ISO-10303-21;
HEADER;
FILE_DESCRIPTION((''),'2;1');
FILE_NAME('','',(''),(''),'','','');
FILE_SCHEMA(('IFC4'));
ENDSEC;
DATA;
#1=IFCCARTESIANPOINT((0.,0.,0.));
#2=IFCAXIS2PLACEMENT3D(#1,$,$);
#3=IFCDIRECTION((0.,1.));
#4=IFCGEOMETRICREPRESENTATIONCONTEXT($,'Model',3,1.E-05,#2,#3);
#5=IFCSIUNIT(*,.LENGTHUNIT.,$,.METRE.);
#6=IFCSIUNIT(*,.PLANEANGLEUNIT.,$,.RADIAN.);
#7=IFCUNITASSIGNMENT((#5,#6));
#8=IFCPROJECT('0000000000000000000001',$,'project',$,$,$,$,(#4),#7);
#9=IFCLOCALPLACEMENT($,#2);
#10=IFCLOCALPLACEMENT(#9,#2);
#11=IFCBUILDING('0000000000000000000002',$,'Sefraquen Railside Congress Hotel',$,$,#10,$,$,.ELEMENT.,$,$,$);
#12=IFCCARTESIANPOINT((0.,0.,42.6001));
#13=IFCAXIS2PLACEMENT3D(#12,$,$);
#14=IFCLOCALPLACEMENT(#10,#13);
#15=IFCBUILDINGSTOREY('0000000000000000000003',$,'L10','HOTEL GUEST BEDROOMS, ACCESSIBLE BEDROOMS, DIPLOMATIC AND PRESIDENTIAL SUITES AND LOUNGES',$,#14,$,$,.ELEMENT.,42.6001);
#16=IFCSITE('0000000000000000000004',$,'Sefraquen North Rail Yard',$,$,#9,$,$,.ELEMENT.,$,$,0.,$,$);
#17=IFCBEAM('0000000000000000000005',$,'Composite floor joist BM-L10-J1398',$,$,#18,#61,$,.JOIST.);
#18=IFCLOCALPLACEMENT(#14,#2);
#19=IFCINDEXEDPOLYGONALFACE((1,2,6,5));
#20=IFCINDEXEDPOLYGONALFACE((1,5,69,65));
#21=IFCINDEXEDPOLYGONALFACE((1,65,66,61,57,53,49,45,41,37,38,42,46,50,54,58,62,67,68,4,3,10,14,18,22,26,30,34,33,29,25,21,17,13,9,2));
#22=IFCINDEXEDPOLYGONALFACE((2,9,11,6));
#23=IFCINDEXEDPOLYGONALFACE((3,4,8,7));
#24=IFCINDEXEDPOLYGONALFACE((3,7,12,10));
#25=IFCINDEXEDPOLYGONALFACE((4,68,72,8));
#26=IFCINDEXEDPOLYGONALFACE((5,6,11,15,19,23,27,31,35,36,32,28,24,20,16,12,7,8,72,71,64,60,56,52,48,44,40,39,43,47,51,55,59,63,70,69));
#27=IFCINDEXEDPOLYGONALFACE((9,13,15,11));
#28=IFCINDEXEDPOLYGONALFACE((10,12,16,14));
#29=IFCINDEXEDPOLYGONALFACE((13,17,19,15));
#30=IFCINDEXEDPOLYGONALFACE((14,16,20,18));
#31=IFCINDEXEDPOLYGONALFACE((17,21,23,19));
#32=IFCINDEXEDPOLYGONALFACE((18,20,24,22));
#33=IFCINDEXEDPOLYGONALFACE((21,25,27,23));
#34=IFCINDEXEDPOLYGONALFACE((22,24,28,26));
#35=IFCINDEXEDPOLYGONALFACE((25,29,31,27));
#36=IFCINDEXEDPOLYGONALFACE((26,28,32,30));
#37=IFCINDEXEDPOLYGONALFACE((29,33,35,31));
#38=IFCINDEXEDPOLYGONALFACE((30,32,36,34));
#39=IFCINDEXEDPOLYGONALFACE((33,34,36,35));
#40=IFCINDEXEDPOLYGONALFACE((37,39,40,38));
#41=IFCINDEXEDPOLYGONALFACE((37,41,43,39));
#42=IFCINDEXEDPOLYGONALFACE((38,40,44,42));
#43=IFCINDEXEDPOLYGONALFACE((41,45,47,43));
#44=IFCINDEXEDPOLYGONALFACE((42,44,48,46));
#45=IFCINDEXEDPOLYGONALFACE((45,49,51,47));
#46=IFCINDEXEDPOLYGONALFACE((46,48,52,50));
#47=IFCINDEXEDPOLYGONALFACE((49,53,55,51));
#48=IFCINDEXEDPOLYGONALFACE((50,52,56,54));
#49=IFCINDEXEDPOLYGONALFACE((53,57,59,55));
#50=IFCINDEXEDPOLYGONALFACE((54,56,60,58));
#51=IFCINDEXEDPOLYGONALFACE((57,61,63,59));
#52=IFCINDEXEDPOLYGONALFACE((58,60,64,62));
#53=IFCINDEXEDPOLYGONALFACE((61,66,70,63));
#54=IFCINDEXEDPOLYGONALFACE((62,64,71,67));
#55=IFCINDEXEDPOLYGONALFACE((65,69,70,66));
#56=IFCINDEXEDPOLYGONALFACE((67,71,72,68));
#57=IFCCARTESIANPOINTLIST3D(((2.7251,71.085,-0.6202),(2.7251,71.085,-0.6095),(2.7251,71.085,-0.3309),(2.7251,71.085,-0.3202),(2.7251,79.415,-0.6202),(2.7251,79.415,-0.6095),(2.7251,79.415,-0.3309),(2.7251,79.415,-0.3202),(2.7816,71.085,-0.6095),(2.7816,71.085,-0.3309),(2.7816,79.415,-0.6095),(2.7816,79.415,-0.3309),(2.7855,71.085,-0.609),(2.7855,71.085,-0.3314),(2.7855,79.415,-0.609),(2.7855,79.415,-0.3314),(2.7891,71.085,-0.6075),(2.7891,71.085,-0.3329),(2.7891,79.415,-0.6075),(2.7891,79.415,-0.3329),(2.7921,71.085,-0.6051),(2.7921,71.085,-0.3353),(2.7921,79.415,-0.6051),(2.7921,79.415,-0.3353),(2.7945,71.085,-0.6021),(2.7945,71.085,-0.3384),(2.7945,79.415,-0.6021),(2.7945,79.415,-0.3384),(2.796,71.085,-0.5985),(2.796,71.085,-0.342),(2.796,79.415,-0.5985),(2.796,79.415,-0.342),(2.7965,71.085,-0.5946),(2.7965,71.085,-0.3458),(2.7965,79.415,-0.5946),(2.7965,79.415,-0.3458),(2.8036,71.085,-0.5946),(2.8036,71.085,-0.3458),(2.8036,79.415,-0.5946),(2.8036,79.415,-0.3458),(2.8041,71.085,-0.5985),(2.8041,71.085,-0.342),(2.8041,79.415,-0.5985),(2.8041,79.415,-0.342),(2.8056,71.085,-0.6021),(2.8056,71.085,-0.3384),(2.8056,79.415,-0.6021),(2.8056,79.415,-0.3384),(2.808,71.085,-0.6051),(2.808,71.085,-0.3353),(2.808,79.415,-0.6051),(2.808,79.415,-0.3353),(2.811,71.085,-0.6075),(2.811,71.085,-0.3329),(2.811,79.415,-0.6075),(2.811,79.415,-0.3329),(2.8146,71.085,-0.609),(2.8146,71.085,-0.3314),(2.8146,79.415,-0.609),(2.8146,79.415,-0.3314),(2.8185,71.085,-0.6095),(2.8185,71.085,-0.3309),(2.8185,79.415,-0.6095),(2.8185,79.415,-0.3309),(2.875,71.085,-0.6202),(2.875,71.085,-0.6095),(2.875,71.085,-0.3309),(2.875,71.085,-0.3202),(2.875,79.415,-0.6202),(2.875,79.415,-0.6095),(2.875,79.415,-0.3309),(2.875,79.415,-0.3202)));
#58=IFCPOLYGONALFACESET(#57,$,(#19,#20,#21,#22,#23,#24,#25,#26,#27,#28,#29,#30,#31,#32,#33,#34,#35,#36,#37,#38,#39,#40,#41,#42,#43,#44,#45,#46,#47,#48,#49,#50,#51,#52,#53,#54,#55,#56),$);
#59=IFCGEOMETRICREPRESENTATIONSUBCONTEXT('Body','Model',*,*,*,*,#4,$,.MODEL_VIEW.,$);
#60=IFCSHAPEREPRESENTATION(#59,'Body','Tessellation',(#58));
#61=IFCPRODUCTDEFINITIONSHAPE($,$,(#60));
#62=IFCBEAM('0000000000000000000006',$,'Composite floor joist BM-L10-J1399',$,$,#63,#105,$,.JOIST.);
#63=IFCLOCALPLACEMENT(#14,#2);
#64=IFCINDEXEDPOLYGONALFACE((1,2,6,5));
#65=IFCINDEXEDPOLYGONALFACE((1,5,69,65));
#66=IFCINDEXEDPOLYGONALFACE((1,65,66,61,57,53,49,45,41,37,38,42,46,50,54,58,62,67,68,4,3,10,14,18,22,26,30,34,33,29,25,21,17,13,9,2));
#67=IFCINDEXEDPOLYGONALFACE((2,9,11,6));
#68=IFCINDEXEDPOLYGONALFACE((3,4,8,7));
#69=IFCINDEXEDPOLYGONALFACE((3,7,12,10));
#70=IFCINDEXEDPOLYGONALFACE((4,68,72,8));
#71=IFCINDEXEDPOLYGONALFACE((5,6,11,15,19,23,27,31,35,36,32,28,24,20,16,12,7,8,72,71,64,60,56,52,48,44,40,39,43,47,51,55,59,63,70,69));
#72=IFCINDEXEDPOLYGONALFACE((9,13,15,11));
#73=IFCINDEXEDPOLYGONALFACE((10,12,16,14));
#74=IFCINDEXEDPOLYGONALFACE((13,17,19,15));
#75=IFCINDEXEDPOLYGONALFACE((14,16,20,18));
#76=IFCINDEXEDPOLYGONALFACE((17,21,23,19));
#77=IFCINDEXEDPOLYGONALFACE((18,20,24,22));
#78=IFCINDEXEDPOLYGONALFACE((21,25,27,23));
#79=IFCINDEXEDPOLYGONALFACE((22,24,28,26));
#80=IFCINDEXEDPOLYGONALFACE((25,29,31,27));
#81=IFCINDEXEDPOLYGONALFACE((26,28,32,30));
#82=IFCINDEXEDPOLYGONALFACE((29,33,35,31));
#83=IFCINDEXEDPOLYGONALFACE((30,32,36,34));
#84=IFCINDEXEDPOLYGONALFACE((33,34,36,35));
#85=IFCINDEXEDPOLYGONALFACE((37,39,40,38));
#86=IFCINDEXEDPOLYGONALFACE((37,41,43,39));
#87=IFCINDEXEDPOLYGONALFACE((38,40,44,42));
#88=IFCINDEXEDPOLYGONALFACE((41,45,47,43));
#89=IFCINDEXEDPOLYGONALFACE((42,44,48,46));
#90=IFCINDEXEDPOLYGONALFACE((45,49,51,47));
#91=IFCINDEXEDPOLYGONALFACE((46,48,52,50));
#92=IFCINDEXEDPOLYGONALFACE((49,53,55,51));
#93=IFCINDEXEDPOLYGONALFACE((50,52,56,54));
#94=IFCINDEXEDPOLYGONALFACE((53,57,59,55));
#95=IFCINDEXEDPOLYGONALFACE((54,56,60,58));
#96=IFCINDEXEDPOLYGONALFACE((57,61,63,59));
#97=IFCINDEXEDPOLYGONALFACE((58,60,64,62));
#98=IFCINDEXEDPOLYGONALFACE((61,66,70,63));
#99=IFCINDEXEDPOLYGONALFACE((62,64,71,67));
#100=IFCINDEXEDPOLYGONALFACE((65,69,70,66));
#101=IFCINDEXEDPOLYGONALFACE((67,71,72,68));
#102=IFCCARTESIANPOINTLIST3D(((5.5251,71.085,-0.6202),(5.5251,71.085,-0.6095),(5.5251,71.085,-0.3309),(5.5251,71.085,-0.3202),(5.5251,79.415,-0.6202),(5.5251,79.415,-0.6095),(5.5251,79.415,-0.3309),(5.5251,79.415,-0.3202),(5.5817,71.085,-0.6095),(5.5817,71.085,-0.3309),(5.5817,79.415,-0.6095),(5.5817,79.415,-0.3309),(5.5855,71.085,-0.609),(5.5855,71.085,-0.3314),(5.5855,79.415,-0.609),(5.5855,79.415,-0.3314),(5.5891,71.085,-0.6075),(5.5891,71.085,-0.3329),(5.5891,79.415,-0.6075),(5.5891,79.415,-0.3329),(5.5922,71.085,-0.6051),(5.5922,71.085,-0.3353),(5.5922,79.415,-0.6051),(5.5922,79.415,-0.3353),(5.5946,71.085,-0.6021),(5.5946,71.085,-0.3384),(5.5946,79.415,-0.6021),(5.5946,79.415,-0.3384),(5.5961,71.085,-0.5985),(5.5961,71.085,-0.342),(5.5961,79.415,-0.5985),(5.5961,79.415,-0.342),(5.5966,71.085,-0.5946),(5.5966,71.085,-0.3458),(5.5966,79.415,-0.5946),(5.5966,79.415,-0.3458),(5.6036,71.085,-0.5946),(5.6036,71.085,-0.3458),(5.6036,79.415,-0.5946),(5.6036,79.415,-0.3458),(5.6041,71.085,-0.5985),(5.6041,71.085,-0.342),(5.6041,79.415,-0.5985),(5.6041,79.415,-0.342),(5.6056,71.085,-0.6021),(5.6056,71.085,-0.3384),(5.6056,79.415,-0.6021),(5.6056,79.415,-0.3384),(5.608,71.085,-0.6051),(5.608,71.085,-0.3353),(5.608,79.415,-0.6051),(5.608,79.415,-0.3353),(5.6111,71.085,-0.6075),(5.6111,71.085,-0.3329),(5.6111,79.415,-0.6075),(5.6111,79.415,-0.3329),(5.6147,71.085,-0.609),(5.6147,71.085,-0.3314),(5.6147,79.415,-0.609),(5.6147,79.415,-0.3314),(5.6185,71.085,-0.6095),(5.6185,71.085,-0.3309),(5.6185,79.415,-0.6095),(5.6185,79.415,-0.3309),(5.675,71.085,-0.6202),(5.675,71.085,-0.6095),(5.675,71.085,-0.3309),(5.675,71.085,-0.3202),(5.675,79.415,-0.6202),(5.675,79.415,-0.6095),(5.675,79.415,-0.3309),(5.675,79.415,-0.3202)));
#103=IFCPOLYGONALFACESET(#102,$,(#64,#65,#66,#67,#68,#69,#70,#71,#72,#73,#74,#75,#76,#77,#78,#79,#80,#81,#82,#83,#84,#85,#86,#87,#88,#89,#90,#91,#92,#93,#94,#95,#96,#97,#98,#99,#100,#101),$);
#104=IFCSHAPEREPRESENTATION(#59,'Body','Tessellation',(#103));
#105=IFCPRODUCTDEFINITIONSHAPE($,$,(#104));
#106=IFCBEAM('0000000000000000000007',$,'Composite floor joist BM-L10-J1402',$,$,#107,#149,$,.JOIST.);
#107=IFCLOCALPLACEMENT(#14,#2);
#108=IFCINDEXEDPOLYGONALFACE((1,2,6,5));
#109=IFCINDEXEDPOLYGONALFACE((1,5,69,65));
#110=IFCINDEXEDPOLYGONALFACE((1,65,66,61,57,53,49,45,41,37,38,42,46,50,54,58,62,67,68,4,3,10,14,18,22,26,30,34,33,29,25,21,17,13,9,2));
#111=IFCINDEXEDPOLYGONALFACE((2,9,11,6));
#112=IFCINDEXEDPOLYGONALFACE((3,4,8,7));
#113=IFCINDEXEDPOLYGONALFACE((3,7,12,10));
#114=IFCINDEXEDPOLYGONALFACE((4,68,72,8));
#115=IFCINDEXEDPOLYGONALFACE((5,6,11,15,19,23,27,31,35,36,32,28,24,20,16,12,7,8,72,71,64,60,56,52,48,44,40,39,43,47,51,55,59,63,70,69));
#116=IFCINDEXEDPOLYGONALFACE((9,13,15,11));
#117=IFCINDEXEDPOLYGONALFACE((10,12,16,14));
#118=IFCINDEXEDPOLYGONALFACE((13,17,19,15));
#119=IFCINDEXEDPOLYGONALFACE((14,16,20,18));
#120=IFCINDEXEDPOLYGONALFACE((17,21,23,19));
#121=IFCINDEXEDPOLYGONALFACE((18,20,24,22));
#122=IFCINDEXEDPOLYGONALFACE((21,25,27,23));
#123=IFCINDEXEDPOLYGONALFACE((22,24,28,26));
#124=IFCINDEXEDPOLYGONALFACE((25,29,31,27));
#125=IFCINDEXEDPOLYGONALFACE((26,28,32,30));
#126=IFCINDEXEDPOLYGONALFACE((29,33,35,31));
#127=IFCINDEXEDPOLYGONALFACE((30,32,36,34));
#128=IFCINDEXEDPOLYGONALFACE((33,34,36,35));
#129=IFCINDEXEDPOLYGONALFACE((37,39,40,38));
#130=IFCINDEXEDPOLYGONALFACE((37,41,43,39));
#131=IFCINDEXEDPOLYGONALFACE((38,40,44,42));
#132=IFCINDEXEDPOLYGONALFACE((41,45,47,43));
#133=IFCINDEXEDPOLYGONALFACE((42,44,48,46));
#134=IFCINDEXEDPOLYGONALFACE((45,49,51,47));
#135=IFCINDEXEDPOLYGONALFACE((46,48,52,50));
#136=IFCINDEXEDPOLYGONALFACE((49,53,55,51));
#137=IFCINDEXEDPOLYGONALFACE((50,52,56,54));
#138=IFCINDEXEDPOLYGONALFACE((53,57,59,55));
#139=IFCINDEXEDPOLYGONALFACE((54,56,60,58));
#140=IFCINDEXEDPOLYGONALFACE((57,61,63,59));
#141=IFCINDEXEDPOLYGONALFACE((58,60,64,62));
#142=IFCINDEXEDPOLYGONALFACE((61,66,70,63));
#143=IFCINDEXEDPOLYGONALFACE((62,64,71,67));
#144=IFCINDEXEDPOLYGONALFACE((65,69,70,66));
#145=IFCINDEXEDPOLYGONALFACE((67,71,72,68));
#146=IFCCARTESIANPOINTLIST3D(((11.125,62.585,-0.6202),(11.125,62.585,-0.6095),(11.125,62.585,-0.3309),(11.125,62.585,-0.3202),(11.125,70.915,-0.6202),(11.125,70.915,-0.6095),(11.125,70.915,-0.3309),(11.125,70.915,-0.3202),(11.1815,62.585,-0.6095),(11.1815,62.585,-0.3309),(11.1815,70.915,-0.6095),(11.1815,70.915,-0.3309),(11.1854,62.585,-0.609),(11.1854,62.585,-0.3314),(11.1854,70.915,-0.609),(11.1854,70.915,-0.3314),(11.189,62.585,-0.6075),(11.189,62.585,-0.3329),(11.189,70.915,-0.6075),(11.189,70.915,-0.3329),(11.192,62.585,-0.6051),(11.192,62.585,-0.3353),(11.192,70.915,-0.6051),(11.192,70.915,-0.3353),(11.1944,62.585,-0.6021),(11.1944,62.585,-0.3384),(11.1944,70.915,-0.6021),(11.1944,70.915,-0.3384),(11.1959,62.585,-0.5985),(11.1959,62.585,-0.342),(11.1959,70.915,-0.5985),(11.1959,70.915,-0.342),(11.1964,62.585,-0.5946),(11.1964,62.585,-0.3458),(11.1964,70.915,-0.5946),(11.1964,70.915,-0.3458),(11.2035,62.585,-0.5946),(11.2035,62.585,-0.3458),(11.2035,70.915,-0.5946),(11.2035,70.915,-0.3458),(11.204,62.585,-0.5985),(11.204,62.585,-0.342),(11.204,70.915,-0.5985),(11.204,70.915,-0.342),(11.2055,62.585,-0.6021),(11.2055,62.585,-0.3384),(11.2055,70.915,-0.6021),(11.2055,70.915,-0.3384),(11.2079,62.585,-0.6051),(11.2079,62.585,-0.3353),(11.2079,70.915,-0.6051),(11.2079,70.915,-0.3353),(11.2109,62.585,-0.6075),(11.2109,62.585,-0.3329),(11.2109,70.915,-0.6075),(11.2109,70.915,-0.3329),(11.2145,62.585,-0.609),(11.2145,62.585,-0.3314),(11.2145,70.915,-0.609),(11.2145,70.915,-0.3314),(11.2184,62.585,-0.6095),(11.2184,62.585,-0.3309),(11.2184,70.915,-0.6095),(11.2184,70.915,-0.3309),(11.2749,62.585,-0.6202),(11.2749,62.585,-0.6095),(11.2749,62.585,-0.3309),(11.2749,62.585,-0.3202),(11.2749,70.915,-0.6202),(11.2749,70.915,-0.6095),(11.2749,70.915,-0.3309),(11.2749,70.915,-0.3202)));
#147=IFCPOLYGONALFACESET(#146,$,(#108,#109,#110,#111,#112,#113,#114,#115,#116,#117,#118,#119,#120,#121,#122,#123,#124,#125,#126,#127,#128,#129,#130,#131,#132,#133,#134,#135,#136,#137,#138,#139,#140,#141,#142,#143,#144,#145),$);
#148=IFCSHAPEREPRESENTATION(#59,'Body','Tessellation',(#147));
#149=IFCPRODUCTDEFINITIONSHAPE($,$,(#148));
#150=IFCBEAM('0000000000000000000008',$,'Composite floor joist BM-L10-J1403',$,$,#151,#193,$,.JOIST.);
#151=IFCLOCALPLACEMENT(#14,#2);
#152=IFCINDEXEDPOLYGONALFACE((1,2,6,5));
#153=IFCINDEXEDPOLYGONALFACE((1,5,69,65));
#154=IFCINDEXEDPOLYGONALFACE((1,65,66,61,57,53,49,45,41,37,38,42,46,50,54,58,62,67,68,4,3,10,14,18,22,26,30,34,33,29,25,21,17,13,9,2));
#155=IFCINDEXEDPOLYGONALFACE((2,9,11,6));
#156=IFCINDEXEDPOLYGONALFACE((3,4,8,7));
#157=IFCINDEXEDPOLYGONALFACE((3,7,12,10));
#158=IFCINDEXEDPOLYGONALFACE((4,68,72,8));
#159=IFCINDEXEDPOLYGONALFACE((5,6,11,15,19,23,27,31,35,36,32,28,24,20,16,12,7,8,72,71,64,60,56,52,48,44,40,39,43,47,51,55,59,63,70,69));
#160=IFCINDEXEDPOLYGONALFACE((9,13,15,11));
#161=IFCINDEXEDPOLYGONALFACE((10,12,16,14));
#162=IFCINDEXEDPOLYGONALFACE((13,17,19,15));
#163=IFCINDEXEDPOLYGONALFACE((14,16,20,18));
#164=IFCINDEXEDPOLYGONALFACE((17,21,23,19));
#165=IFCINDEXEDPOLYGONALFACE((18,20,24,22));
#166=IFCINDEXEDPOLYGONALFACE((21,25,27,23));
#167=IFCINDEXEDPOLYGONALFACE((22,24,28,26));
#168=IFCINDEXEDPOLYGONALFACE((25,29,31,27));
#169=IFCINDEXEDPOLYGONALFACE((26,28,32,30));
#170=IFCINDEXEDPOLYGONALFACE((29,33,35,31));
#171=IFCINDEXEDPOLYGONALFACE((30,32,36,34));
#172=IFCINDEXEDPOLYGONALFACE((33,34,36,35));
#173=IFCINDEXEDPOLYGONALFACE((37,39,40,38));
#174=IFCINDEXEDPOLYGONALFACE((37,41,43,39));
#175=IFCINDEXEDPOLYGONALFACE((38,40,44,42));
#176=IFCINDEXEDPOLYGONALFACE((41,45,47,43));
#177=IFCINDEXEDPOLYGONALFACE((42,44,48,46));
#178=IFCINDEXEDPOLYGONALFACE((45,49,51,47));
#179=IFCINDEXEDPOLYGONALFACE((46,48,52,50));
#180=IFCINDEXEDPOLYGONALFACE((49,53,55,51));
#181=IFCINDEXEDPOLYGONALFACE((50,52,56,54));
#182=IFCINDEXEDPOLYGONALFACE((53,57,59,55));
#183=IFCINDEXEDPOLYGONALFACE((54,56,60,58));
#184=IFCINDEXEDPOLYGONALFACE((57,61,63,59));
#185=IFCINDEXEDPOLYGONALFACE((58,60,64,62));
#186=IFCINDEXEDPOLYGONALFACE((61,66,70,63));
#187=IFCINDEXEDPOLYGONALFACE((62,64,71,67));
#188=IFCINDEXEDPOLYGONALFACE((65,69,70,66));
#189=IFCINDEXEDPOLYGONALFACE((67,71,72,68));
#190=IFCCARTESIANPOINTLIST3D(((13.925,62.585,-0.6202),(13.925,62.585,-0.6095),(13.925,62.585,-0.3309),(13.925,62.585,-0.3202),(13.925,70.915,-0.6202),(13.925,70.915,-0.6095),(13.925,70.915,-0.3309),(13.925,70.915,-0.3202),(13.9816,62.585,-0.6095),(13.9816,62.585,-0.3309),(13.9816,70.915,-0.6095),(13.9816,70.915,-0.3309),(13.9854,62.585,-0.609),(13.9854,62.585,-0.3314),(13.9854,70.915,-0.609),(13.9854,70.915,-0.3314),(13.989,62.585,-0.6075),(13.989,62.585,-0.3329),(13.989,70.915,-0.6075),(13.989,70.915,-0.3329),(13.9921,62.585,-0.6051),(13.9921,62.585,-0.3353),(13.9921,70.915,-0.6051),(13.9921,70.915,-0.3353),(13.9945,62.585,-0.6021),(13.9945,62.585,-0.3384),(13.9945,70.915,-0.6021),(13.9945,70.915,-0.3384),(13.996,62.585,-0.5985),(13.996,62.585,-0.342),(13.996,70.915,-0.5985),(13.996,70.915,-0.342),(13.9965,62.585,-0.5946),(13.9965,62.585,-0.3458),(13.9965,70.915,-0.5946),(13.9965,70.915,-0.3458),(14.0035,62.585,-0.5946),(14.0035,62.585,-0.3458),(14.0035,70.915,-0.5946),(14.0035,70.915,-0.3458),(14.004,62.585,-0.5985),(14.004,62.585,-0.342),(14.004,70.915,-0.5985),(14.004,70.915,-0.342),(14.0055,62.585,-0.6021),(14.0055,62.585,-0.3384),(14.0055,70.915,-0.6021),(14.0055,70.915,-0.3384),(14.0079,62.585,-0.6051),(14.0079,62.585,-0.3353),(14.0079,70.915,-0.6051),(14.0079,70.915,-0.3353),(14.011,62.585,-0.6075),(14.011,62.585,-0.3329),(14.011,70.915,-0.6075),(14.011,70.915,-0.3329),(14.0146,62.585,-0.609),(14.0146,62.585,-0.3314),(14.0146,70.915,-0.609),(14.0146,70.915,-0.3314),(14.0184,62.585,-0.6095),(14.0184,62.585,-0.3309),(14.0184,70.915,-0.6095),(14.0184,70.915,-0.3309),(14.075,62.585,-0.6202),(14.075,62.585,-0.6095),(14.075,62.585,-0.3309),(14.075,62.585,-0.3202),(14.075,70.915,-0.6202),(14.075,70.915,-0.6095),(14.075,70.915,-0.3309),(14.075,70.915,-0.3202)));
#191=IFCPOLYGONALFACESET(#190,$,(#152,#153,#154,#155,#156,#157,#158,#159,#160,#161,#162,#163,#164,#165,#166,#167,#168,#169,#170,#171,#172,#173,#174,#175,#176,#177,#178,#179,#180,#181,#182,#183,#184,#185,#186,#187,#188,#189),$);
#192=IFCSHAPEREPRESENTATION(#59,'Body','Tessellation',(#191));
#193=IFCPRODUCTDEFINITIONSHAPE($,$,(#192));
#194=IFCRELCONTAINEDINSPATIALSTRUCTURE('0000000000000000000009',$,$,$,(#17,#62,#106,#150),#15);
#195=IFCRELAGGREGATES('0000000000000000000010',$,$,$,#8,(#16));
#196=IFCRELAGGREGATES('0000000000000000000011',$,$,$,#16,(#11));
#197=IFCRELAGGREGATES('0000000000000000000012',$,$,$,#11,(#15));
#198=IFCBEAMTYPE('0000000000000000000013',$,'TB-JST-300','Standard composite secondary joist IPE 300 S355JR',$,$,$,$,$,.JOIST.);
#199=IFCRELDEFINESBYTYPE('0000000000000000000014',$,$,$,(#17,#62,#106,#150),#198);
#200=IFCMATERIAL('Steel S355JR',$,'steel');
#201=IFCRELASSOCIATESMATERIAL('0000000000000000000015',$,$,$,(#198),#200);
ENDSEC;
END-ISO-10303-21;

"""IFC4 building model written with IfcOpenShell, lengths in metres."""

from ifc_helpers import new_model, si_unit, direction, frame, origin, origin_2d, place, context, subcontext, project, spatial, i_section, extrude, material, material_profile, profile_set, type_object, element, save


model = new_model("IFC4")

# Units and contexts
model_context = context("Model", 3, precision=1e-05, world=origin(), true_north=direction((0.0, 1.0)))
body_context = subcontext(model_context, "Body", "Model", "MODEL_VIEW")
ifc_project = project(units=[si_unit("LENGTHUNIT", "METRE"), si_unit("PLANEANGLEUNIT", "RADIAN")], contexts=[model_context])

# Site, building, storey
site_placement = place(None, origin())
site = spatial("IfcSite", under=ifc_project, at=site_placement, Name="Sefraquen North Rail Yard", CompositionType="ELEMENT", RefElevation=0.0)
building_placement = place(site_placement, origin())
building = spatial("IfcBuilding", under=site, at=building_placement, Name="Sefraquen Railside Congress Hotel", CompositionType="ELEMENT")
storey_placement = place(building_placement, frame((0.0, 0.0, 42.6001)))
storey = spatial("IfcBuildingStorey", under=building, at=storey_placement, Name="L10", Description="HOTEL GUEST BEDROOMS, ACCESSIBLE BEDROOMS, DIPLOMATIC AND PRESIDENTIAL SUITES AND LOUNGES", CompositionType="ELEMENT", Elevation=42.6001)

# Beams
ifc_material_1 = material(Name="Steel S355JR", Category="steel")
ifc_material_profile_1 = material_profile(ifc_material_1, i_section(OverallWidth=0.1499, OverallDepth=0.3, WebThickness=0.0071, FlangeThickness=0.0107, FilletRadius=0.0149, at=origin_2d()), Name="IPE 300")
ifc_profile_set_1 = profile_set([ifc_material_profile_1], Name="Steel S355JR")
beam_type_1 = type_object("IfcBeamType", Name="TB-JST-300", Description="Standard composite secondary joist IPE 300 S355JR", PredefinedType="JOIST", material=ifc_profile_set_1)
for number, where, z_axis, x_axis, name in (
    (1, (2.8, 71.085, -0.4702), (0.0, 1.0, 0.0), (-1.0, 0.0, 0.0), "Composite floor joist BM-L10-J1398"),
    (2, (5.6001, 71.085, -0.4702), (0.0, 1.0, 0.0), (-1.0, 0.0, 0.0), "Composite floor joist BM-L10-J1399"),
    (3, (11.2, 62.585, -0.4702), (0.0, 1.0, 0.0), (-1.0, 0.0, 0.0), "Composite floor joist BM-L10-J1402"),
    (4, (14.0, 62.585, -0.4702), (0.0, 1.0, 0.0), (-1.0, 0.0, 0.0), "Composite floor joist BM-L10-J1403"),
):
    element("IfcBeam", number, at=place(storey_placement, frame(where, z_axis=z_axis, x_axis=x_axis)), inside=storey, type_object=beam_type_1, Name=name, PredefinedType="JOIST", context=body_context, shape_type="SweptSolid", body=[
        extrude(i_section(OverallWidth=0.1499, OverallDepth=0.3, WebThickness=0.0071, FlangeThickness=0.0107, FilletRadius=0.0149, at=origin_2d()), origin(), (0.0, 0.0, 1.0), 8.3301),
    ])

save(model, "model.ifc")
